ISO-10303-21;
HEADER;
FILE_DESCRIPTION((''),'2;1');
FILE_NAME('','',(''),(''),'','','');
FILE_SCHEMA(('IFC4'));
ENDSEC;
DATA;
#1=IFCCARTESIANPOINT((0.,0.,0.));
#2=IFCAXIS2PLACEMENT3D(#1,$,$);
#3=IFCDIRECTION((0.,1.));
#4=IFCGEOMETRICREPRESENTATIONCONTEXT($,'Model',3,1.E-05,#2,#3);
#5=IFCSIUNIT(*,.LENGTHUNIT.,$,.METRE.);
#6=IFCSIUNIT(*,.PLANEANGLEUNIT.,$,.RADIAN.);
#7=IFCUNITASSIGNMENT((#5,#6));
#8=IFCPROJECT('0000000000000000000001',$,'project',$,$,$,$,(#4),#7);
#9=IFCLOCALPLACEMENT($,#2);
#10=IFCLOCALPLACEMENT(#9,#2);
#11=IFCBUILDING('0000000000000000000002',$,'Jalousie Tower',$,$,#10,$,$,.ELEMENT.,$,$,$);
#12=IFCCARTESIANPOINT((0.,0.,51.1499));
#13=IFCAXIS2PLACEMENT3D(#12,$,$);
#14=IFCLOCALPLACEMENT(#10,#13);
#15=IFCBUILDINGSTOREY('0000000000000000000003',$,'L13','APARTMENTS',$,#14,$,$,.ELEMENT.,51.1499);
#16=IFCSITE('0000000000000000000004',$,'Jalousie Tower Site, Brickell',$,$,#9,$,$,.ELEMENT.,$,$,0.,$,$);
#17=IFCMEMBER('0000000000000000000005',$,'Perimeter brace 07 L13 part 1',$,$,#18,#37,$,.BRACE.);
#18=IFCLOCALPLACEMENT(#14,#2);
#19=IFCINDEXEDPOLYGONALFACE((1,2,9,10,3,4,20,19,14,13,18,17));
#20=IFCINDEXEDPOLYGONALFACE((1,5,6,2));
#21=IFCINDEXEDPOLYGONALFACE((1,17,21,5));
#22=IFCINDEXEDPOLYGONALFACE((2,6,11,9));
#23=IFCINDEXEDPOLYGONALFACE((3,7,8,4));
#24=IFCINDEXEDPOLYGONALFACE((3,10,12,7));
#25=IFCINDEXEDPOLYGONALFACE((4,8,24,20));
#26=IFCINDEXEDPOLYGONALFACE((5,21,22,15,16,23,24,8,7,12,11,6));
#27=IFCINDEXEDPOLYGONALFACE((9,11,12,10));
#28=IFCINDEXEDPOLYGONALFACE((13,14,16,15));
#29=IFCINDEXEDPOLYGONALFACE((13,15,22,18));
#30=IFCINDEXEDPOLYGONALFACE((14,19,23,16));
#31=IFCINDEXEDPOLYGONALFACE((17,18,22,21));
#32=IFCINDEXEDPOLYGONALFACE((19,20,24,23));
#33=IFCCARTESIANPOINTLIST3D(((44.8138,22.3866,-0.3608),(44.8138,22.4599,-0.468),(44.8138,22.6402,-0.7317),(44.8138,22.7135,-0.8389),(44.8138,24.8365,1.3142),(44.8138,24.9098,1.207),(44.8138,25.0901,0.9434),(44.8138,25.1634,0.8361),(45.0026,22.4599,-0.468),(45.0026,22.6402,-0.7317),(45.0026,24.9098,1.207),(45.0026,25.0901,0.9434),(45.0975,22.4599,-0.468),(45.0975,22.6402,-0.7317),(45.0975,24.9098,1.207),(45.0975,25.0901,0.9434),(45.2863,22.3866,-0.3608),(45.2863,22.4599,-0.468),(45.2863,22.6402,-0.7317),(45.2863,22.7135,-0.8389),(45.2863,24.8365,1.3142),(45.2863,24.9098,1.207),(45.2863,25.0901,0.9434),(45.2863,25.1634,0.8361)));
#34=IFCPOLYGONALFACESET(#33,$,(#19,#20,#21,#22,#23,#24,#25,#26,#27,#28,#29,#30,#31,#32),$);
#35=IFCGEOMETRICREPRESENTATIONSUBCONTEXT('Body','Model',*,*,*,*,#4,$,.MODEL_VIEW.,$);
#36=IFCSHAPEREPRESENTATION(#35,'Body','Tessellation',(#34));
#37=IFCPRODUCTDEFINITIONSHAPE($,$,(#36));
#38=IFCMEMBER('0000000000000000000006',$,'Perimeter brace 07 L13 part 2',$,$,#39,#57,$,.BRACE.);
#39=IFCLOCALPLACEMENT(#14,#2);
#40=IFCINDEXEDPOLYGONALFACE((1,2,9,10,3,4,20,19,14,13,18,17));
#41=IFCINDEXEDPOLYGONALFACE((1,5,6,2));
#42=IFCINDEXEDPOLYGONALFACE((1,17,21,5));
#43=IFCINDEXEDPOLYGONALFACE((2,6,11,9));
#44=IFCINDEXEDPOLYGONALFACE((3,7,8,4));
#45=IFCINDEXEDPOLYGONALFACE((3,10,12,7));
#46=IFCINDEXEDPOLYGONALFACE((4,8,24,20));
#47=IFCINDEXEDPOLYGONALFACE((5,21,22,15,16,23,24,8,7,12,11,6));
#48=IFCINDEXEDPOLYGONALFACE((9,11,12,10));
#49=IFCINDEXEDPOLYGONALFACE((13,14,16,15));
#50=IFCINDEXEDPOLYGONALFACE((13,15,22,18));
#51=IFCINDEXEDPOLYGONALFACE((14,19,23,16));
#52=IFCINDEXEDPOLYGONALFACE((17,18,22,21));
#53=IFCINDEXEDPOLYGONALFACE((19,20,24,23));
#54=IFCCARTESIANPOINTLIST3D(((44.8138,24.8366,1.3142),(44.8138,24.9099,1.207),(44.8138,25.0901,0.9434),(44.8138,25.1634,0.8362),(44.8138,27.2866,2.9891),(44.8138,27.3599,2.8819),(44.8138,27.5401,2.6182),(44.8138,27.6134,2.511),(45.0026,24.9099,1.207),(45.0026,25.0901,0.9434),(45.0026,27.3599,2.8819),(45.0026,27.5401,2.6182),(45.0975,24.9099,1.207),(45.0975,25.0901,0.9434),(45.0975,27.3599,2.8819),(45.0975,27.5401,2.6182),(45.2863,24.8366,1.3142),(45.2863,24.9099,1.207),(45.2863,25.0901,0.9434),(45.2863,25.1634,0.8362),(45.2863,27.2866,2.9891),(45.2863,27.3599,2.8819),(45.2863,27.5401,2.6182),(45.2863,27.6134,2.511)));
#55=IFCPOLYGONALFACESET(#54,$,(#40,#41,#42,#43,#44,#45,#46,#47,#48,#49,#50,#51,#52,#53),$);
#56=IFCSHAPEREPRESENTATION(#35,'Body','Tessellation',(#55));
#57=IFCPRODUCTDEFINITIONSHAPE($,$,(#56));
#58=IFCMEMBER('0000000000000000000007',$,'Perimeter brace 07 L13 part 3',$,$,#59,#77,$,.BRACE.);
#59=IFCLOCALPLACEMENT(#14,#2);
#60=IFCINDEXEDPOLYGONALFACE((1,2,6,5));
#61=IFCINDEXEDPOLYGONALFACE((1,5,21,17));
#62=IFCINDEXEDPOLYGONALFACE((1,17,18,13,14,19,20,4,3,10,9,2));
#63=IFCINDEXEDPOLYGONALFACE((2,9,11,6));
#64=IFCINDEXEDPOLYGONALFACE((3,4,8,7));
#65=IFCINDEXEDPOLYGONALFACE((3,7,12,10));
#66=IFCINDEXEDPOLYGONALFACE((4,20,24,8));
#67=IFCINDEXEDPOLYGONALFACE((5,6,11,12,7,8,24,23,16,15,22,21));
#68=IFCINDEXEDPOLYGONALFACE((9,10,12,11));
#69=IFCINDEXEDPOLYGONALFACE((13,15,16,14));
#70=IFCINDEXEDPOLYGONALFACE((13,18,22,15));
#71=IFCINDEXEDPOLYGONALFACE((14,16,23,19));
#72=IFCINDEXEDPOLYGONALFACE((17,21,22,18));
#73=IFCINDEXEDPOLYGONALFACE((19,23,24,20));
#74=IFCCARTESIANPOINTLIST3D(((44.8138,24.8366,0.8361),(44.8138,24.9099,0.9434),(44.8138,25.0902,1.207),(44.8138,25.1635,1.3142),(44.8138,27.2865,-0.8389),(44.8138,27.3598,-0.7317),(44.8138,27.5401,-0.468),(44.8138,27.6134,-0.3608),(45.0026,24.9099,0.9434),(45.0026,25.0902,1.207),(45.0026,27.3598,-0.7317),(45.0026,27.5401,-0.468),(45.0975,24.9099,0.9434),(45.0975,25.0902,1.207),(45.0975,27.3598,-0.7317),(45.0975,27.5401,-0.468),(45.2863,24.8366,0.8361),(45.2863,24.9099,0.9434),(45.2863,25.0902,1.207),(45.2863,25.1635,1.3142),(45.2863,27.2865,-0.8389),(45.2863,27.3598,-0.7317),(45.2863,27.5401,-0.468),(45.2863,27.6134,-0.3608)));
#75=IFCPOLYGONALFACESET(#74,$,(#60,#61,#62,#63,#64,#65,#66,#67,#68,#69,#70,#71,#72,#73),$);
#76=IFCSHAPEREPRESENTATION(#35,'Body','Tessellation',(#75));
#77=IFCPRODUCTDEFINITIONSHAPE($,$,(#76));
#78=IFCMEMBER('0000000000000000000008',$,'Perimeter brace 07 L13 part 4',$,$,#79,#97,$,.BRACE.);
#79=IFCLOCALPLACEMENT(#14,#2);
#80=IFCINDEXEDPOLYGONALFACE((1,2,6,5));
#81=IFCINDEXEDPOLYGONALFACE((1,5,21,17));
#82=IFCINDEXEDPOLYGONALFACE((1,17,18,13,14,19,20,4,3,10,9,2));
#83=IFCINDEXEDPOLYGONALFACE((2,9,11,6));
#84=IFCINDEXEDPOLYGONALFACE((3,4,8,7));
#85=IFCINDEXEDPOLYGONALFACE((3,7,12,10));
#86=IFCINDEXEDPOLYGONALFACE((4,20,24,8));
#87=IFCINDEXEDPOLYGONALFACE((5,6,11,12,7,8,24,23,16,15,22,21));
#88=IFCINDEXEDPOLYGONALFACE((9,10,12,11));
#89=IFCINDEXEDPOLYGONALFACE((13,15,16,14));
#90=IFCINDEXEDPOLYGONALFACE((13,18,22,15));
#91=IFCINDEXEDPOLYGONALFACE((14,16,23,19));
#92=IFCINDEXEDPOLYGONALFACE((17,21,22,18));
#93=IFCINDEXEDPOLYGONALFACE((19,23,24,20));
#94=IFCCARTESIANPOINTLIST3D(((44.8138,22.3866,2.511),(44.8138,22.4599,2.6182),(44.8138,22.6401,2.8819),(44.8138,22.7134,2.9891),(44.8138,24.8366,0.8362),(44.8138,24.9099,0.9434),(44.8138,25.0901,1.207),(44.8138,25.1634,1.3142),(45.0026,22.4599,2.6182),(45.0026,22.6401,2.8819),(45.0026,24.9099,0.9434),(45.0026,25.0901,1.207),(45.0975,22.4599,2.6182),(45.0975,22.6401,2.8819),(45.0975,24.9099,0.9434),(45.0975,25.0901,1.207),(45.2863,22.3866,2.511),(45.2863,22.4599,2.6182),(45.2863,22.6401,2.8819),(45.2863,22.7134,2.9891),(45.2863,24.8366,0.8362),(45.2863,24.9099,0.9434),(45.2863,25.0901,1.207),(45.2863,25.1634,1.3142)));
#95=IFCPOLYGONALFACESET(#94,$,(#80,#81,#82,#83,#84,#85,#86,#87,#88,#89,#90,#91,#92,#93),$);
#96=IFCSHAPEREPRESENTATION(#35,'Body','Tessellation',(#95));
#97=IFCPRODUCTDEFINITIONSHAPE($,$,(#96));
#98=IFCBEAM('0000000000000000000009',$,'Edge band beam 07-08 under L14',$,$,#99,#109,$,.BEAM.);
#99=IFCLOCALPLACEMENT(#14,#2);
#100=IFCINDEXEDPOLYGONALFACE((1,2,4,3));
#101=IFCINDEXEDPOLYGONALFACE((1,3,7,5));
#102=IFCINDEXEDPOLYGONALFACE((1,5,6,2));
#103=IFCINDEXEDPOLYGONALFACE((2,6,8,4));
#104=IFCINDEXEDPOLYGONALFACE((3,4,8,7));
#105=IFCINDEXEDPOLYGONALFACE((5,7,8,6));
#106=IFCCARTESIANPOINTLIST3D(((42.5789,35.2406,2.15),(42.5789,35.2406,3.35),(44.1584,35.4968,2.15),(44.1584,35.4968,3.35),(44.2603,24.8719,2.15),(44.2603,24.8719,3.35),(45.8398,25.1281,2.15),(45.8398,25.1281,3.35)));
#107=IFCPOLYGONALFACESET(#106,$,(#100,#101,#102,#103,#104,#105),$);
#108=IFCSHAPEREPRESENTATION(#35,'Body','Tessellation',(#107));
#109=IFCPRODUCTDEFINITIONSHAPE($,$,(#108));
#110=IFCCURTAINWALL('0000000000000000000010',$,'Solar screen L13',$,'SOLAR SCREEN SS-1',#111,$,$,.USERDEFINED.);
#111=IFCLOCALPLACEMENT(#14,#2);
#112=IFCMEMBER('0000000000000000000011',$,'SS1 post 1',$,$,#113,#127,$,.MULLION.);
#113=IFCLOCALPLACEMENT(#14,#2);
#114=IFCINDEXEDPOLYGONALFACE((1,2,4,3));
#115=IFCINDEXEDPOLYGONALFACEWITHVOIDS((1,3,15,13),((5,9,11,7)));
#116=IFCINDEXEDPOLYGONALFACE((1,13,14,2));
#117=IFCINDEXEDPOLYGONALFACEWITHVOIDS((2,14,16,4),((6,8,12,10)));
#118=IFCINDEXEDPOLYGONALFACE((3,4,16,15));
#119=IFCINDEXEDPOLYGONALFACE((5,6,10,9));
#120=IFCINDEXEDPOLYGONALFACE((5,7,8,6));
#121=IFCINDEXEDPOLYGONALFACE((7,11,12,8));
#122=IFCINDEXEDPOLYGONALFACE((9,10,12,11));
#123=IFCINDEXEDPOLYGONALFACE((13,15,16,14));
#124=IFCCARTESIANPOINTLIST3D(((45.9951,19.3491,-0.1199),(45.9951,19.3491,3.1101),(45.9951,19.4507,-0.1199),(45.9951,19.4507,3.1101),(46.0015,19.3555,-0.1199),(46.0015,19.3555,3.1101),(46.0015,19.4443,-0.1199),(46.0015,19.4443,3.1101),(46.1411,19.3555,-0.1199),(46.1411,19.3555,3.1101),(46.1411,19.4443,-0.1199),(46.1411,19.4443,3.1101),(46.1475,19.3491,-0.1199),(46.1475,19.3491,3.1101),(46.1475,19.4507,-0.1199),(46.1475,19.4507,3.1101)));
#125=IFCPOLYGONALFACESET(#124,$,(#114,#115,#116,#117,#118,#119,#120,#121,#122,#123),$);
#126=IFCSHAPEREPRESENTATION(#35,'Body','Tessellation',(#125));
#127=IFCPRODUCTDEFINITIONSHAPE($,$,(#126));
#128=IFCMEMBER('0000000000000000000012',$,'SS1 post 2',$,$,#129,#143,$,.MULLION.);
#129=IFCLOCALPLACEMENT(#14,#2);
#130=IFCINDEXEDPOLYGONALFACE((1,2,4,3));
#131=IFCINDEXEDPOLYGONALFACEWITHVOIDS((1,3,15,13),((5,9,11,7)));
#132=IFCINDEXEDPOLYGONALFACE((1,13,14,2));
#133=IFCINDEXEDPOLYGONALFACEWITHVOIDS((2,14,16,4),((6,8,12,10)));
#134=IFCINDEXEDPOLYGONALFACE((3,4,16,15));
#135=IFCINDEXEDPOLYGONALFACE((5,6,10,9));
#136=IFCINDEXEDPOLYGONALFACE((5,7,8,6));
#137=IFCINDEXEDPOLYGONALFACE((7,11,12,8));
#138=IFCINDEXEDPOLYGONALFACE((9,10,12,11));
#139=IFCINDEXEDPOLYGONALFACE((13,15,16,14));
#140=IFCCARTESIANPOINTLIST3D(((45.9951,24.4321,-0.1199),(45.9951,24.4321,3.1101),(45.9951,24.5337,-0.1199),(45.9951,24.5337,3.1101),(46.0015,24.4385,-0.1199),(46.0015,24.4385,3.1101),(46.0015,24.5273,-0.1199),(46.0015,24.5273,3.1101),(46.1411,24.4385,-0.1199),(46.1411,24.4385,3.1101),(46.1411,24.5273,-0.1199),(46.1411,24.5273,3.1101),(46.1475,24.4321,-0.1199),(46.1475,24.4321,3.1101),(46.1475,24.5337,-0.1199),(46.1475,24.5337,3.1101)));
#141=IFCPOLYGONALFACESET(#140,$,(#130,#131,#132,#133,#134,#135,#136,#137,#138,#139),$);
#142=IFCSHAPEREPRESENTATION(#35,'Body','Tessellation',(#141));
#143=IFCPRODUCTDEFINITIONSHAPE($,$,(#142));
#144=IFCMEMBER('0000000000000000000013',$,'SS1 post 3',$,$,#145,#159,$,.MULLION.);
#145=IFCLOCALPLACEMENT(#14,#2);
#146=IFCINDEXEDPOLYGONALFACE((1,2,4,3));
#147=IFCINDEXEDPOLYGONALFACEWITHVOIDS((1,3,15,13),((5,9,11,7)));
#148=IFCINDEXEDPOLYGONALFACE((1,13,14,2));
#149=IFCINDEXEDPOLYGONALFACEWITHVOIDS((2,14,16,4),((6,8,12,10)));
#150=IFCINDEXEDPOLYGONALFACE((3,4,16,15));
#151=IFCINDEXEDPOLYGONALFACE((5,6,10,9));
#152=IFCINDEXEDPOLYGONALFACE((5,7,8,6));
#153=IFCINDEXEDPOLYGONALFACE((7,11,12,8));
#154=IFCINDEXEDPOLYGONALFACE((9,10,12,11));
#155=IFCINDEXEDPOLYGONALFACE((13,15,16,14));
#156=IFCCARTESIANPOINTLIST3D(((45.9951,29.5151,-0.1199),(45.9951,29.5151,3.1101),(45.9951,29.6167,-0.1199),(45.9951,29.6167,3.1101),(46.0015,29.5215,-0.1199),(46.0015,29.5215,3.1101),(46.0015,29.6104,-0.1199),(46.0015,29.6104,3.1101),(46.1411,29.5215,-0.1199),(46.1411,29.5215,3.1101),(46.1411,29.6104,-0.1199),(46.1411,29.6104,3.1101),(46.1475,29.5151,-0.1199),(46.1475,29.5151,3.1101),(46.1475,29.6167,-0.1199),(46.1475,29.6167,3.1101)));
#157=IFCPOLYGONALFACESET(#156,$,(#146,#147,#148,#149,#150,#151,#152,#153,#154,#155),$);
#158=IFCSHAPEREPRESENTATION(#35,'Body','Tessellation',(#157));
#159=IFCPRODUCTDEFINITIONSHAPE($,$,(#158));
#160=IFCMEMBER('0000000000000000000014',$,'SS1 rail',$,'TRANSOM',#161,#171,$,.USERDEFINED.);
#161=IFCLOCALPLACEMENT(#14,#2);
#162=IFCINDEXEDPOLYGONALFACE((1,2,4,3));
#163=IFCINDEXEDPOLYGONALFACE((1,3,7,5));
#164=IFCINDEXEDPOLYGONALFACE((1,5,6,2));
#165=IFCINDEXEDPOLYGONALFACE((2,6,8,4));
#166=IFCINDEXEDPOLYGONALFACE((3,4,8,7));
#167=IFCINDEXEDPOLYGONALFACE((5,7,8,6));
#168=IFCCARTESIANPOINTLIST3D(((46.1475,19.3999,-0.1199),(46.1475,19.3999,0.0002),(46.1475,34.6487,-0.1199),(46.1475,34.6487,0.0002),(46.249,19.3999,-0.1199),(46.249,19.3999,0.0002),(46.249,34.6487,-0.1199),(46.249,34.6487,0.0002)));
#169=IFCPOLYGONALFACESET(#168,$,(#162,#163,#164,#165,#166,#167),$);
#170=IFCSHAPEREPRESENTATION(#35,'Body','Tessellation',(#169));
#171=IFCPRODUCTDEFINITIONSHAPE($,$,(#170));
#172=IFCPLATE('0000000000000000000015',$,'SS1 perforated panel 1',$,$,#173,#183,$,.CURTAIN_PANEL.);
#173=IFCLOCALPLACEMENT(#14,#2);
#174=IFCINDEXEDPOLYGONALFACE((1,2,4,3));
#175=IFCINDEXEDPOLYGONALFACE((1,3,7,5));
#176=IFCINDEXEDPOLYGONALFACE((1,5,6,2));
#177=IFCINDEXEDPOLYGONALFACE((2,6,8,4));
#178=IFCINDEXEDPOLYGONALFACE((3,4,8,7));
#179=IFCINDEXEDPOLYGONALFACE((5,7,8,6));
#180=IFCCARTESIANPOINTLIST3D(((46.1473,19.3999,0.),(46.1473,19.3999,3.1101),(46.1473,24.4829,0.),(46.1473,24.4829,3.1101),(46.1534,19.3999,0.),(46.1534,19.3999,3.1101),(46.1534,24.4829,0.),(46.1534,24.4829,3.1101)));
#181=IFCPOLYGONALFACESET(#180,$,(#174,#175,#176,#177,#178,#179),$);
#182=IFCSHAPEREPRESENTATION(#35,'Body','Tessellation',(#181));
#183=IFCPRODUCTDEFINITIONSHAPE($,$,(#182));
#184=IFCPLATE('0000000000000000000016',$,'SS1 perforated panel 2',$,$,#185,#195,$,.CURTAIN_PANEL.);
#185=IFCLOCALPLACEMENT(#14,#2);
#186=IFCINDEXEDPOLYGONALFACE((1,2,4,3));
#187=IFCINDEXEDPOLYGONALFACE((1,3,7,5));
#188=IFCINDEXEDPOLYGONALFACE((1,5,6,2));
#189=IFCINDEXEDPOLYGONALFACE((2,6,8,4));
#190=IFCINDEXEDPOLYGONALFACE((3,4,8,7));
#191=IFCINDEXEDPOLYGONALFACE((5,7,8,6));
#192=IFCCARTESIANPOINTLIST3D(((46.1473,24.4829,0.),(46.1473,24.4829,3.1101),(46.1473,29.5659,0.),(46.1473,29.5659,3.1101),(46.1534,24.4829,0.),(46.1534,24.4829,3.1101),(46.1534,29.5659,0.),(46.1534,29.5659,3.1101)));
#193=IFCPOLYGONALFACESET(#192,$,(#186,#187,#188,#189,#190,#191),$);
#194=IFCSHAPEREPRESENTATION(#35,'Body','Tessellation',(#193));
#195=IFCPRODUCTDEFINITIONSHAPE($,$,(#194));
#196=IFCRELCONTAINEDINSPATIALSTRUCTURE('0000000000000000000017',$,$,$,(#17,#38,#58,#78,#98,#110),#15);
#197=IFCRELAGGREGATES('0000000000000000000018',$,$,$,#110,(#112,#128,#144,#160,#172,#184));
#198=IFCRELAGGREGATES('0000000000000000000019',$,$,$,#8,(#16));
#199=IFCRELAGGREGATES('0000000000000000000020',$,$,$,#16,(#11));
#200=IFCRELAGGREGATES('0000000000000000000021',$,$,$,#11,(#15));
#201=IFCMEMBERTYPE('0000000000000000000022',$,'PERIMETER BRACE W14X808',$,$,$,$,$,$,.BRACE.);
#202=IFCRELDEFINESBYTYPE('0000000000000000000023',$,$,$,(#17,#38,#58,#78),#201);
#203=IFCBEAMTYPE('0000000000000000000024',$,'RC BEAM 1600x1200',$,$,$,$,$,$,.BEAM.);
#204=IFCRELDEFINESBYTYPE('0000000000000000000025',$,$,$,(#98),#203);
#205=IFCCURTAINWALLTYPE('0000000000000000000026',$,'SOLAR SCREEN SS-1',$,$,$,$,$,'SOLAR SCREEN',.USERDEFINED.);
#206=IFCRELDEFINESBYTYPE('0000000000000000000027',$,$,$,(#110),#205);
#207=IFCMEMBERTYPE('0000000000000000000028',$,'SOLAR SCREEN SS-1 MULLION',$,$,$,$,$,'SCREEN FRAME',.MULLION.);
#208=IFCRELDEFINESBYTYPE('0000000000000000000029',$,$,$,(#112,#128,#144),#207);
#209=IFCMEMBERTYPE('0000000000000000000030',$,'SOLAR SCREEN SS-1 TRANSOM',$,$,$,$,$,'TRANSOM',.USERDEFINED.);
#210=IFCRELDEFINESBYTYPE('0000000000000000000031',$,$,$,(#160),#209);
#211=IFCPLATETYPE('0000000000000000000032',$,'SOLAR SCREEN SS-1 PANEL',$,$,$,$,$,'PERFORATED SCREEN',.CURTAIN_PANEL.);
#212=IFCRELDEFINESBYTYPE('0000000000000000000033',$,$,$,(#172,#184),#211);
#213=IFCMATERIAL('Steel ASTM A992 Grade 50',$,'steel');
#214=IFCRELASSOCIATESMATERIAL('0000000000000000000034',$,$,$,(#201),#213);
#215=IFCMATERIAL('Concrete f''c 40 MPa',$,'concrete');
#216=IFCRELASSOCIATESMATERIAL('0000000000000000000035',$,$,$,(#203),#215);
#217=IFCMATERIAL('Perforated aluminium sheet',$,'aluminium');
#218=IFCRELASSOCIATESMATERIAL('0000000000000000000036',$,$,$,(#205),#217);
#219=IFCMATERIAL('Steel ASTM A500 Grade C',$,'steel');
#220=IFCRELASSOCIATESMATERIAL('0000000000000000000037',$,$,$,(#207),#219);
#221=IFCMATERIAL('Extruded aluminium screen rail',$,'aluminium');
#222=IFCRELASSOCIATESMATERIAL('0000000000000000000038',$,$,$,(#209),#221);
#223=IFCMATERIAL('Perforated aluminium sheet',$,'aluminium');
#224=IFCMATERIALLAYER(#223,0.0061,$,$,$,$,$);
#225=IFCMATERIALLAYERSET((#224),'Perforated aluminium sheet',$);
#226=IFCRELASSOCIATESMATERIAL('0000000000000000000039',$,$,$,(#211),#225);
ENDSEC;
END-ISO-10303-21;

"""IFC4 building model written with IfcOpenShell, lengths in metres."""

from ifc_helpers import new_model, si_unit, direction, frame, origin, origin_2d, place, context, subcontext, project, spatial, rectangle, hollow_rectangle, i_section, extrude, material, layer, layer_set, material_profile, profile_set, type_object, element, aggregate, save


model = new_model("IFC4")

# Units and contexts
model_context = context("Model", 3, precision=1e-05, world=origin(), true_north=direction((0.0, 1.0)))
body_context = subcontext(model_context, "Body", "Model", "MODEL_VIEW")
ifc_project = project(units=[si_unit("LENGTHUNIT", "METRE"), si_unit("PLANEANGLEUNIT", "RADIAN")], contexts=[model_context])

# Site, building, storey
site_placement = place(None, origin())
site = spatial("IfcSite", under=ifc_project, at=site_placement, Name="Jalousie Tower Site, Brickell", CompositionType="ELEMENT", RefElevation=0.0)
building_placement = place(site_placement, origin())
building = spatial("IfcBuilding", under=site, at=building_placement, Name="Jalousie Tower", CompositionType="ELEMENT")
storey_placement = place(building_placement, frame((0.0, 0.0, 51.1499)))
storey = spatial("IfcBuildingStorey", under=building, at=storey_placement, Name="L13", Description="APARTMENTS", CompositionType="ELEMENT", Elevation=51.1499)

# Members
ifc_material_1 = material(Name="Steel ASTM A992 Grade 50", Category="steel")
ifc_material_profile_1 = material_profile(ifc_material_1, i_section(OverallWidth=0.4724, OverallDepth=0.5791, WebThickness=0.095, FlangeThickness=0.1299, at=origin_2d()), Name="W14X808")
ifc_profile_set_1 = profile_set([ifc_material_profile_1], Name="Steel ASTM A992 Grade 50")
member_type_1 = type_object("IfcMemberType", Name="PERIMETER BRACE W14X808", PredefinedType="BRACE", material=ifc_profile_set_1)
for number, where, z_axis, x_axis, name in (
    (1, (45.05, 22.55, -0.5999), (0.0, 0.825501, 0.564401), (-1.0, 0.0, 0.0), "Perimeter brace 07 L13 part 1"),
    (2, (45.05, 25.0, 1.0752), (0.0, 0.825539, 0.564345), (-1.0, 0.0, 0.0), "Perimeter brace 07 L13 part 2"),
    (3, (45.05, 27.45, -0.5999), (0.0, -0.825501, 0.564401), (1.0, 0.0, 0.0), "Perimeter brace 07 L13 part 3"),
    (4, (45.05, 25.0, 1.0752), (0.0, -0.825539, 0.564345), (1.0, 0.0, 0.0), "Perimeter brace 07 L13 part 4"),
):
    element("IfcMember", number, at=place(storey_placement, frame(where, z_axis=z_axis, x_axis=x_axis)), inside=storey, type_object=member_type_1, Name=name, PredefinedType="BRACE", context=body_context, shape_type="SweptSolid", body=[
        extrude(i_section(OverallWidth=0.4724, OverallDepth=0.5791, WebThickness=0.095, FlangeThickness=0.1299, at=origin_2d()), origin(), (0.0, 0.0, 1.0), 2.9678),
    ])

# Beam
ifc_material_2 = material(Name="Concrete f'c 40 MPa", Category="concrete")
ifc_material_profile_2 = material_profile(ifc_material_2, rectangle(XDim=1.6001, YDim=1.2, at=origin_2d()), Name="RC 1600x1200")
ifc_profile_set_2 = profile_set([ifc_material_profile_2], Name="Concrete f'c 40 MPa")
beam_type = type_object("IfcBeamType", Name="RC BEAM 1600x1200", PredefinedType="BEAM", material=ifc_profile_set_2)
beam_placement = place(storey_placement, frame((45.05, 25.0, 2.75), z_axis=(-0.160071, 0.987106, 0.0), x_axis=(-0.987106, -0.160071, 0.0)))
element("IfcBeam", 5, at=beam_placement, inside=storey, type_object=beam_type, Name="Edge band beam 07-08 under L14", PredefinedType="BEAM", context=body_context, shape_type="SweptSolid", body=[
    extrude(rectangle(XDim=1.6001, YDim=1.2, at=origin_2d()), origin(), (0.0, 0.0, 1.0), 10.5042),
])

# Curtain wall, members, plates
ifc_material_3 = material(Name="Perforated aluminium sheet", Category="aluminium")
curtain_wall_type = type_object("IfcCurtainWallType", Name="SOLAR SCREEN SS-1", ElementType="SOLAR SCREEN", PredefinedType="USERDEFINED", material=ifc_material_3)
curtain_wall_placement = place(storey_placement, origin())
curtain_wall = element("IfcCurtainWall", 6, at=curtain_wall_placement, inside=storey, type_object=curtain_wall_type, Name="Solar screen L13", ObjectType="SOLAR SCREEN SS-1", PredefinedType="USERDEFINED")
ifc_material_4 = material(Name="Steel ASTM A500 Grade C", Category="steel")
ifc_material_profile_3 = material_profile(ifc_material_4, hollow_rectangle(XDim=0.1016, YDim=0.1523, WallThickness=0.0063, at=origin_2d()), Name="HSS6X4X1/4")
ifc_profile_set_3 = profile_set([ifc_material_profile_3], Name="Steel ASTM A500 Grade C")
member_type_2 = type_object("IfcMemberType", Name="SOLAR SCREEN SS-1 MULLION", ElementType="SCREEN FRAME", PredefinedType="MULLION", material=ifc_profile_set_3)
member_1_placement = place(storey_placement, frame((46.0713, 19.3999, -0.1199), z_axis=(0.0, 0.0, 1.0), x_axis=(0.0, 1.0, 0.0)))
member_1 = element("IfcMember", 7, at=member_1_placement, type_object=member_type_2, Name="SS1 post 1", PredefinedType="MULLION", context=body_context, shape_type="SweptSolid", body=[
    extrude(hollow_rectangle(XDim=0.1016, YDim=0.1523, WallThickness=0.0063, at=origin_2d()), origin(), (0.0, 0.0, 1.0), 3.23),
])
member_2_placement = place(storey_placement, frame((46.0713, 24.4829, -0.1199), z_axis=(0.0, 0.0, 1.0), x_axis=(0.0, 1.0, 0.0)))
member_2 = element("IfcMember", 8, at=member_2_placement, type_object=member_type_2, Name="SS1 post 2", PredefinedType="MULLION", context=body_context, shape_type="SweptSolid", body=[
    extrude(hollow_rectangle(XDim=0.1016, YDim=0.1523, WallThickness=0.0063, at=origin_2d()), origin(), (0.0, 0.0, 1.0), 3.23),
])
member_3_placement = place(storey_placement, frame((46.0713, 29.5659, -0.1199), z_axis=(0.0, 0.0, 1.0), x_axis=(0.0, 1.0, 0.0)))
member_3 = element("IfcMember", 9, at=member_3_placement, type_object=member_type_2, Name="SS1 post 3", PredefinedType="MULLION", context=body_context, shape_type="SweptSolid", body=[
    extrude(hollow_rectangle(XDim=0.1016, YDim=0.1523, WallThickness=0.0063, at=origin_2d()), origin(), (0.0, 0.0, 1.0), 3.23),
])
ifc_material_5 = material(Name="Extruded aluminium screen rail", Category="aluminium")
ifc_material_profile_4 = material_profile(ifc_material_5, rectangle(XDim=0.1016, YDim=0.1201, at=origin_2d()), Name="RAIL 102x120")
ifc_profile_set_4 = profile_set([ifc_material_profile_4], Name="Extruded aluminium screen rail")
member_type_3 = type_object("IfcMemberType", Name="SOLAR SCREEN SS-1 TRANSOM", ElementType="TRANSOM", PredefinedType="USERDEFINED", material=ifc_profile_set_4)
member_4_placement = place(storey_placement, frame((46.1982, 19.3999, -0.0598), z_axis=(0.0, 1.0, 0.0), x_axis=(-1.0, 0.0, 0.0)))
member_4 = element("IfcMember", 10, at=member_4_placement, type_object=member_type_3, Name="SS1 rail", ObjectType="TRANSOM", PredefinedType="USERDEFINED", context=body_context, shape_type="SweptSolid", body=[
    extrude(rectangle(XDim=0.1016, YDim=0.1201, at=origin_2d()), origin(), (0.0, 0.0, 1.0), 15.2488),
])
ifc_material_6 = material(Name="Perforated aluminium sheet", Category="aluminium")
ifc_layer_1 = layer(ifc_material_6, 0.0061)
ifc_layer_set_1 = layer_set([ifc_layer_1], Name="Perforated aluminium sheet")
plate_type = type_object("IfcPlateType", Name="SOLAR SCREEN SS-1 PANEL", ElementType="PERFORATED SCREEN", PredefinedType="CURTAIN_PANEL", material=ifc_layer_set_1)
plate_1_placement = place(storey_placement, frame((46.1504, 21.9414, 0.0), z_axis=(0.0, 0.0, 1.0), x_axis=(0.0, 1.0, 0.0)))
plate_1 = element("IfcPlate", 11, at=plate_1_placement, type_object=plate_type, Name="SS1 perforated panel 1", PredefinedType="CURTAIN_PANEL", context=body_context, shape_type="SweptSolid", body=[
    extrude(rectangle(XDim=5.083, YDim=0.0061, at=origin_2d()), origin(), (0.0, 0.0, 1.0), 3.1101),
])
plate_2_placement = place(storey_placement, frame((46.1504, 27.0244, 0.0), z_axis=(0.0, 0.0, 1.0), x_axis=(0.0, 1.0, 0.0)))
plate_2 = element("IfcPlate", 12, at=plate_2_placement, type_object=plate_type, Name="SS1 perforated panel 2", PredefinedType="CURTAIN_PANEL", context=body_context, shape_type="SweptSolid", body=[
    extrude(rectangle(XDim=5.083, YDim=0.0061, at=origin_2d()), origin(), (0.0, 0.0, 1.0), 3.1101),
])
aggregate(curtain_wall, [member_1, member_2, member_3, member_4, plate_1, plate_2])

save(model, "model.ifc")
